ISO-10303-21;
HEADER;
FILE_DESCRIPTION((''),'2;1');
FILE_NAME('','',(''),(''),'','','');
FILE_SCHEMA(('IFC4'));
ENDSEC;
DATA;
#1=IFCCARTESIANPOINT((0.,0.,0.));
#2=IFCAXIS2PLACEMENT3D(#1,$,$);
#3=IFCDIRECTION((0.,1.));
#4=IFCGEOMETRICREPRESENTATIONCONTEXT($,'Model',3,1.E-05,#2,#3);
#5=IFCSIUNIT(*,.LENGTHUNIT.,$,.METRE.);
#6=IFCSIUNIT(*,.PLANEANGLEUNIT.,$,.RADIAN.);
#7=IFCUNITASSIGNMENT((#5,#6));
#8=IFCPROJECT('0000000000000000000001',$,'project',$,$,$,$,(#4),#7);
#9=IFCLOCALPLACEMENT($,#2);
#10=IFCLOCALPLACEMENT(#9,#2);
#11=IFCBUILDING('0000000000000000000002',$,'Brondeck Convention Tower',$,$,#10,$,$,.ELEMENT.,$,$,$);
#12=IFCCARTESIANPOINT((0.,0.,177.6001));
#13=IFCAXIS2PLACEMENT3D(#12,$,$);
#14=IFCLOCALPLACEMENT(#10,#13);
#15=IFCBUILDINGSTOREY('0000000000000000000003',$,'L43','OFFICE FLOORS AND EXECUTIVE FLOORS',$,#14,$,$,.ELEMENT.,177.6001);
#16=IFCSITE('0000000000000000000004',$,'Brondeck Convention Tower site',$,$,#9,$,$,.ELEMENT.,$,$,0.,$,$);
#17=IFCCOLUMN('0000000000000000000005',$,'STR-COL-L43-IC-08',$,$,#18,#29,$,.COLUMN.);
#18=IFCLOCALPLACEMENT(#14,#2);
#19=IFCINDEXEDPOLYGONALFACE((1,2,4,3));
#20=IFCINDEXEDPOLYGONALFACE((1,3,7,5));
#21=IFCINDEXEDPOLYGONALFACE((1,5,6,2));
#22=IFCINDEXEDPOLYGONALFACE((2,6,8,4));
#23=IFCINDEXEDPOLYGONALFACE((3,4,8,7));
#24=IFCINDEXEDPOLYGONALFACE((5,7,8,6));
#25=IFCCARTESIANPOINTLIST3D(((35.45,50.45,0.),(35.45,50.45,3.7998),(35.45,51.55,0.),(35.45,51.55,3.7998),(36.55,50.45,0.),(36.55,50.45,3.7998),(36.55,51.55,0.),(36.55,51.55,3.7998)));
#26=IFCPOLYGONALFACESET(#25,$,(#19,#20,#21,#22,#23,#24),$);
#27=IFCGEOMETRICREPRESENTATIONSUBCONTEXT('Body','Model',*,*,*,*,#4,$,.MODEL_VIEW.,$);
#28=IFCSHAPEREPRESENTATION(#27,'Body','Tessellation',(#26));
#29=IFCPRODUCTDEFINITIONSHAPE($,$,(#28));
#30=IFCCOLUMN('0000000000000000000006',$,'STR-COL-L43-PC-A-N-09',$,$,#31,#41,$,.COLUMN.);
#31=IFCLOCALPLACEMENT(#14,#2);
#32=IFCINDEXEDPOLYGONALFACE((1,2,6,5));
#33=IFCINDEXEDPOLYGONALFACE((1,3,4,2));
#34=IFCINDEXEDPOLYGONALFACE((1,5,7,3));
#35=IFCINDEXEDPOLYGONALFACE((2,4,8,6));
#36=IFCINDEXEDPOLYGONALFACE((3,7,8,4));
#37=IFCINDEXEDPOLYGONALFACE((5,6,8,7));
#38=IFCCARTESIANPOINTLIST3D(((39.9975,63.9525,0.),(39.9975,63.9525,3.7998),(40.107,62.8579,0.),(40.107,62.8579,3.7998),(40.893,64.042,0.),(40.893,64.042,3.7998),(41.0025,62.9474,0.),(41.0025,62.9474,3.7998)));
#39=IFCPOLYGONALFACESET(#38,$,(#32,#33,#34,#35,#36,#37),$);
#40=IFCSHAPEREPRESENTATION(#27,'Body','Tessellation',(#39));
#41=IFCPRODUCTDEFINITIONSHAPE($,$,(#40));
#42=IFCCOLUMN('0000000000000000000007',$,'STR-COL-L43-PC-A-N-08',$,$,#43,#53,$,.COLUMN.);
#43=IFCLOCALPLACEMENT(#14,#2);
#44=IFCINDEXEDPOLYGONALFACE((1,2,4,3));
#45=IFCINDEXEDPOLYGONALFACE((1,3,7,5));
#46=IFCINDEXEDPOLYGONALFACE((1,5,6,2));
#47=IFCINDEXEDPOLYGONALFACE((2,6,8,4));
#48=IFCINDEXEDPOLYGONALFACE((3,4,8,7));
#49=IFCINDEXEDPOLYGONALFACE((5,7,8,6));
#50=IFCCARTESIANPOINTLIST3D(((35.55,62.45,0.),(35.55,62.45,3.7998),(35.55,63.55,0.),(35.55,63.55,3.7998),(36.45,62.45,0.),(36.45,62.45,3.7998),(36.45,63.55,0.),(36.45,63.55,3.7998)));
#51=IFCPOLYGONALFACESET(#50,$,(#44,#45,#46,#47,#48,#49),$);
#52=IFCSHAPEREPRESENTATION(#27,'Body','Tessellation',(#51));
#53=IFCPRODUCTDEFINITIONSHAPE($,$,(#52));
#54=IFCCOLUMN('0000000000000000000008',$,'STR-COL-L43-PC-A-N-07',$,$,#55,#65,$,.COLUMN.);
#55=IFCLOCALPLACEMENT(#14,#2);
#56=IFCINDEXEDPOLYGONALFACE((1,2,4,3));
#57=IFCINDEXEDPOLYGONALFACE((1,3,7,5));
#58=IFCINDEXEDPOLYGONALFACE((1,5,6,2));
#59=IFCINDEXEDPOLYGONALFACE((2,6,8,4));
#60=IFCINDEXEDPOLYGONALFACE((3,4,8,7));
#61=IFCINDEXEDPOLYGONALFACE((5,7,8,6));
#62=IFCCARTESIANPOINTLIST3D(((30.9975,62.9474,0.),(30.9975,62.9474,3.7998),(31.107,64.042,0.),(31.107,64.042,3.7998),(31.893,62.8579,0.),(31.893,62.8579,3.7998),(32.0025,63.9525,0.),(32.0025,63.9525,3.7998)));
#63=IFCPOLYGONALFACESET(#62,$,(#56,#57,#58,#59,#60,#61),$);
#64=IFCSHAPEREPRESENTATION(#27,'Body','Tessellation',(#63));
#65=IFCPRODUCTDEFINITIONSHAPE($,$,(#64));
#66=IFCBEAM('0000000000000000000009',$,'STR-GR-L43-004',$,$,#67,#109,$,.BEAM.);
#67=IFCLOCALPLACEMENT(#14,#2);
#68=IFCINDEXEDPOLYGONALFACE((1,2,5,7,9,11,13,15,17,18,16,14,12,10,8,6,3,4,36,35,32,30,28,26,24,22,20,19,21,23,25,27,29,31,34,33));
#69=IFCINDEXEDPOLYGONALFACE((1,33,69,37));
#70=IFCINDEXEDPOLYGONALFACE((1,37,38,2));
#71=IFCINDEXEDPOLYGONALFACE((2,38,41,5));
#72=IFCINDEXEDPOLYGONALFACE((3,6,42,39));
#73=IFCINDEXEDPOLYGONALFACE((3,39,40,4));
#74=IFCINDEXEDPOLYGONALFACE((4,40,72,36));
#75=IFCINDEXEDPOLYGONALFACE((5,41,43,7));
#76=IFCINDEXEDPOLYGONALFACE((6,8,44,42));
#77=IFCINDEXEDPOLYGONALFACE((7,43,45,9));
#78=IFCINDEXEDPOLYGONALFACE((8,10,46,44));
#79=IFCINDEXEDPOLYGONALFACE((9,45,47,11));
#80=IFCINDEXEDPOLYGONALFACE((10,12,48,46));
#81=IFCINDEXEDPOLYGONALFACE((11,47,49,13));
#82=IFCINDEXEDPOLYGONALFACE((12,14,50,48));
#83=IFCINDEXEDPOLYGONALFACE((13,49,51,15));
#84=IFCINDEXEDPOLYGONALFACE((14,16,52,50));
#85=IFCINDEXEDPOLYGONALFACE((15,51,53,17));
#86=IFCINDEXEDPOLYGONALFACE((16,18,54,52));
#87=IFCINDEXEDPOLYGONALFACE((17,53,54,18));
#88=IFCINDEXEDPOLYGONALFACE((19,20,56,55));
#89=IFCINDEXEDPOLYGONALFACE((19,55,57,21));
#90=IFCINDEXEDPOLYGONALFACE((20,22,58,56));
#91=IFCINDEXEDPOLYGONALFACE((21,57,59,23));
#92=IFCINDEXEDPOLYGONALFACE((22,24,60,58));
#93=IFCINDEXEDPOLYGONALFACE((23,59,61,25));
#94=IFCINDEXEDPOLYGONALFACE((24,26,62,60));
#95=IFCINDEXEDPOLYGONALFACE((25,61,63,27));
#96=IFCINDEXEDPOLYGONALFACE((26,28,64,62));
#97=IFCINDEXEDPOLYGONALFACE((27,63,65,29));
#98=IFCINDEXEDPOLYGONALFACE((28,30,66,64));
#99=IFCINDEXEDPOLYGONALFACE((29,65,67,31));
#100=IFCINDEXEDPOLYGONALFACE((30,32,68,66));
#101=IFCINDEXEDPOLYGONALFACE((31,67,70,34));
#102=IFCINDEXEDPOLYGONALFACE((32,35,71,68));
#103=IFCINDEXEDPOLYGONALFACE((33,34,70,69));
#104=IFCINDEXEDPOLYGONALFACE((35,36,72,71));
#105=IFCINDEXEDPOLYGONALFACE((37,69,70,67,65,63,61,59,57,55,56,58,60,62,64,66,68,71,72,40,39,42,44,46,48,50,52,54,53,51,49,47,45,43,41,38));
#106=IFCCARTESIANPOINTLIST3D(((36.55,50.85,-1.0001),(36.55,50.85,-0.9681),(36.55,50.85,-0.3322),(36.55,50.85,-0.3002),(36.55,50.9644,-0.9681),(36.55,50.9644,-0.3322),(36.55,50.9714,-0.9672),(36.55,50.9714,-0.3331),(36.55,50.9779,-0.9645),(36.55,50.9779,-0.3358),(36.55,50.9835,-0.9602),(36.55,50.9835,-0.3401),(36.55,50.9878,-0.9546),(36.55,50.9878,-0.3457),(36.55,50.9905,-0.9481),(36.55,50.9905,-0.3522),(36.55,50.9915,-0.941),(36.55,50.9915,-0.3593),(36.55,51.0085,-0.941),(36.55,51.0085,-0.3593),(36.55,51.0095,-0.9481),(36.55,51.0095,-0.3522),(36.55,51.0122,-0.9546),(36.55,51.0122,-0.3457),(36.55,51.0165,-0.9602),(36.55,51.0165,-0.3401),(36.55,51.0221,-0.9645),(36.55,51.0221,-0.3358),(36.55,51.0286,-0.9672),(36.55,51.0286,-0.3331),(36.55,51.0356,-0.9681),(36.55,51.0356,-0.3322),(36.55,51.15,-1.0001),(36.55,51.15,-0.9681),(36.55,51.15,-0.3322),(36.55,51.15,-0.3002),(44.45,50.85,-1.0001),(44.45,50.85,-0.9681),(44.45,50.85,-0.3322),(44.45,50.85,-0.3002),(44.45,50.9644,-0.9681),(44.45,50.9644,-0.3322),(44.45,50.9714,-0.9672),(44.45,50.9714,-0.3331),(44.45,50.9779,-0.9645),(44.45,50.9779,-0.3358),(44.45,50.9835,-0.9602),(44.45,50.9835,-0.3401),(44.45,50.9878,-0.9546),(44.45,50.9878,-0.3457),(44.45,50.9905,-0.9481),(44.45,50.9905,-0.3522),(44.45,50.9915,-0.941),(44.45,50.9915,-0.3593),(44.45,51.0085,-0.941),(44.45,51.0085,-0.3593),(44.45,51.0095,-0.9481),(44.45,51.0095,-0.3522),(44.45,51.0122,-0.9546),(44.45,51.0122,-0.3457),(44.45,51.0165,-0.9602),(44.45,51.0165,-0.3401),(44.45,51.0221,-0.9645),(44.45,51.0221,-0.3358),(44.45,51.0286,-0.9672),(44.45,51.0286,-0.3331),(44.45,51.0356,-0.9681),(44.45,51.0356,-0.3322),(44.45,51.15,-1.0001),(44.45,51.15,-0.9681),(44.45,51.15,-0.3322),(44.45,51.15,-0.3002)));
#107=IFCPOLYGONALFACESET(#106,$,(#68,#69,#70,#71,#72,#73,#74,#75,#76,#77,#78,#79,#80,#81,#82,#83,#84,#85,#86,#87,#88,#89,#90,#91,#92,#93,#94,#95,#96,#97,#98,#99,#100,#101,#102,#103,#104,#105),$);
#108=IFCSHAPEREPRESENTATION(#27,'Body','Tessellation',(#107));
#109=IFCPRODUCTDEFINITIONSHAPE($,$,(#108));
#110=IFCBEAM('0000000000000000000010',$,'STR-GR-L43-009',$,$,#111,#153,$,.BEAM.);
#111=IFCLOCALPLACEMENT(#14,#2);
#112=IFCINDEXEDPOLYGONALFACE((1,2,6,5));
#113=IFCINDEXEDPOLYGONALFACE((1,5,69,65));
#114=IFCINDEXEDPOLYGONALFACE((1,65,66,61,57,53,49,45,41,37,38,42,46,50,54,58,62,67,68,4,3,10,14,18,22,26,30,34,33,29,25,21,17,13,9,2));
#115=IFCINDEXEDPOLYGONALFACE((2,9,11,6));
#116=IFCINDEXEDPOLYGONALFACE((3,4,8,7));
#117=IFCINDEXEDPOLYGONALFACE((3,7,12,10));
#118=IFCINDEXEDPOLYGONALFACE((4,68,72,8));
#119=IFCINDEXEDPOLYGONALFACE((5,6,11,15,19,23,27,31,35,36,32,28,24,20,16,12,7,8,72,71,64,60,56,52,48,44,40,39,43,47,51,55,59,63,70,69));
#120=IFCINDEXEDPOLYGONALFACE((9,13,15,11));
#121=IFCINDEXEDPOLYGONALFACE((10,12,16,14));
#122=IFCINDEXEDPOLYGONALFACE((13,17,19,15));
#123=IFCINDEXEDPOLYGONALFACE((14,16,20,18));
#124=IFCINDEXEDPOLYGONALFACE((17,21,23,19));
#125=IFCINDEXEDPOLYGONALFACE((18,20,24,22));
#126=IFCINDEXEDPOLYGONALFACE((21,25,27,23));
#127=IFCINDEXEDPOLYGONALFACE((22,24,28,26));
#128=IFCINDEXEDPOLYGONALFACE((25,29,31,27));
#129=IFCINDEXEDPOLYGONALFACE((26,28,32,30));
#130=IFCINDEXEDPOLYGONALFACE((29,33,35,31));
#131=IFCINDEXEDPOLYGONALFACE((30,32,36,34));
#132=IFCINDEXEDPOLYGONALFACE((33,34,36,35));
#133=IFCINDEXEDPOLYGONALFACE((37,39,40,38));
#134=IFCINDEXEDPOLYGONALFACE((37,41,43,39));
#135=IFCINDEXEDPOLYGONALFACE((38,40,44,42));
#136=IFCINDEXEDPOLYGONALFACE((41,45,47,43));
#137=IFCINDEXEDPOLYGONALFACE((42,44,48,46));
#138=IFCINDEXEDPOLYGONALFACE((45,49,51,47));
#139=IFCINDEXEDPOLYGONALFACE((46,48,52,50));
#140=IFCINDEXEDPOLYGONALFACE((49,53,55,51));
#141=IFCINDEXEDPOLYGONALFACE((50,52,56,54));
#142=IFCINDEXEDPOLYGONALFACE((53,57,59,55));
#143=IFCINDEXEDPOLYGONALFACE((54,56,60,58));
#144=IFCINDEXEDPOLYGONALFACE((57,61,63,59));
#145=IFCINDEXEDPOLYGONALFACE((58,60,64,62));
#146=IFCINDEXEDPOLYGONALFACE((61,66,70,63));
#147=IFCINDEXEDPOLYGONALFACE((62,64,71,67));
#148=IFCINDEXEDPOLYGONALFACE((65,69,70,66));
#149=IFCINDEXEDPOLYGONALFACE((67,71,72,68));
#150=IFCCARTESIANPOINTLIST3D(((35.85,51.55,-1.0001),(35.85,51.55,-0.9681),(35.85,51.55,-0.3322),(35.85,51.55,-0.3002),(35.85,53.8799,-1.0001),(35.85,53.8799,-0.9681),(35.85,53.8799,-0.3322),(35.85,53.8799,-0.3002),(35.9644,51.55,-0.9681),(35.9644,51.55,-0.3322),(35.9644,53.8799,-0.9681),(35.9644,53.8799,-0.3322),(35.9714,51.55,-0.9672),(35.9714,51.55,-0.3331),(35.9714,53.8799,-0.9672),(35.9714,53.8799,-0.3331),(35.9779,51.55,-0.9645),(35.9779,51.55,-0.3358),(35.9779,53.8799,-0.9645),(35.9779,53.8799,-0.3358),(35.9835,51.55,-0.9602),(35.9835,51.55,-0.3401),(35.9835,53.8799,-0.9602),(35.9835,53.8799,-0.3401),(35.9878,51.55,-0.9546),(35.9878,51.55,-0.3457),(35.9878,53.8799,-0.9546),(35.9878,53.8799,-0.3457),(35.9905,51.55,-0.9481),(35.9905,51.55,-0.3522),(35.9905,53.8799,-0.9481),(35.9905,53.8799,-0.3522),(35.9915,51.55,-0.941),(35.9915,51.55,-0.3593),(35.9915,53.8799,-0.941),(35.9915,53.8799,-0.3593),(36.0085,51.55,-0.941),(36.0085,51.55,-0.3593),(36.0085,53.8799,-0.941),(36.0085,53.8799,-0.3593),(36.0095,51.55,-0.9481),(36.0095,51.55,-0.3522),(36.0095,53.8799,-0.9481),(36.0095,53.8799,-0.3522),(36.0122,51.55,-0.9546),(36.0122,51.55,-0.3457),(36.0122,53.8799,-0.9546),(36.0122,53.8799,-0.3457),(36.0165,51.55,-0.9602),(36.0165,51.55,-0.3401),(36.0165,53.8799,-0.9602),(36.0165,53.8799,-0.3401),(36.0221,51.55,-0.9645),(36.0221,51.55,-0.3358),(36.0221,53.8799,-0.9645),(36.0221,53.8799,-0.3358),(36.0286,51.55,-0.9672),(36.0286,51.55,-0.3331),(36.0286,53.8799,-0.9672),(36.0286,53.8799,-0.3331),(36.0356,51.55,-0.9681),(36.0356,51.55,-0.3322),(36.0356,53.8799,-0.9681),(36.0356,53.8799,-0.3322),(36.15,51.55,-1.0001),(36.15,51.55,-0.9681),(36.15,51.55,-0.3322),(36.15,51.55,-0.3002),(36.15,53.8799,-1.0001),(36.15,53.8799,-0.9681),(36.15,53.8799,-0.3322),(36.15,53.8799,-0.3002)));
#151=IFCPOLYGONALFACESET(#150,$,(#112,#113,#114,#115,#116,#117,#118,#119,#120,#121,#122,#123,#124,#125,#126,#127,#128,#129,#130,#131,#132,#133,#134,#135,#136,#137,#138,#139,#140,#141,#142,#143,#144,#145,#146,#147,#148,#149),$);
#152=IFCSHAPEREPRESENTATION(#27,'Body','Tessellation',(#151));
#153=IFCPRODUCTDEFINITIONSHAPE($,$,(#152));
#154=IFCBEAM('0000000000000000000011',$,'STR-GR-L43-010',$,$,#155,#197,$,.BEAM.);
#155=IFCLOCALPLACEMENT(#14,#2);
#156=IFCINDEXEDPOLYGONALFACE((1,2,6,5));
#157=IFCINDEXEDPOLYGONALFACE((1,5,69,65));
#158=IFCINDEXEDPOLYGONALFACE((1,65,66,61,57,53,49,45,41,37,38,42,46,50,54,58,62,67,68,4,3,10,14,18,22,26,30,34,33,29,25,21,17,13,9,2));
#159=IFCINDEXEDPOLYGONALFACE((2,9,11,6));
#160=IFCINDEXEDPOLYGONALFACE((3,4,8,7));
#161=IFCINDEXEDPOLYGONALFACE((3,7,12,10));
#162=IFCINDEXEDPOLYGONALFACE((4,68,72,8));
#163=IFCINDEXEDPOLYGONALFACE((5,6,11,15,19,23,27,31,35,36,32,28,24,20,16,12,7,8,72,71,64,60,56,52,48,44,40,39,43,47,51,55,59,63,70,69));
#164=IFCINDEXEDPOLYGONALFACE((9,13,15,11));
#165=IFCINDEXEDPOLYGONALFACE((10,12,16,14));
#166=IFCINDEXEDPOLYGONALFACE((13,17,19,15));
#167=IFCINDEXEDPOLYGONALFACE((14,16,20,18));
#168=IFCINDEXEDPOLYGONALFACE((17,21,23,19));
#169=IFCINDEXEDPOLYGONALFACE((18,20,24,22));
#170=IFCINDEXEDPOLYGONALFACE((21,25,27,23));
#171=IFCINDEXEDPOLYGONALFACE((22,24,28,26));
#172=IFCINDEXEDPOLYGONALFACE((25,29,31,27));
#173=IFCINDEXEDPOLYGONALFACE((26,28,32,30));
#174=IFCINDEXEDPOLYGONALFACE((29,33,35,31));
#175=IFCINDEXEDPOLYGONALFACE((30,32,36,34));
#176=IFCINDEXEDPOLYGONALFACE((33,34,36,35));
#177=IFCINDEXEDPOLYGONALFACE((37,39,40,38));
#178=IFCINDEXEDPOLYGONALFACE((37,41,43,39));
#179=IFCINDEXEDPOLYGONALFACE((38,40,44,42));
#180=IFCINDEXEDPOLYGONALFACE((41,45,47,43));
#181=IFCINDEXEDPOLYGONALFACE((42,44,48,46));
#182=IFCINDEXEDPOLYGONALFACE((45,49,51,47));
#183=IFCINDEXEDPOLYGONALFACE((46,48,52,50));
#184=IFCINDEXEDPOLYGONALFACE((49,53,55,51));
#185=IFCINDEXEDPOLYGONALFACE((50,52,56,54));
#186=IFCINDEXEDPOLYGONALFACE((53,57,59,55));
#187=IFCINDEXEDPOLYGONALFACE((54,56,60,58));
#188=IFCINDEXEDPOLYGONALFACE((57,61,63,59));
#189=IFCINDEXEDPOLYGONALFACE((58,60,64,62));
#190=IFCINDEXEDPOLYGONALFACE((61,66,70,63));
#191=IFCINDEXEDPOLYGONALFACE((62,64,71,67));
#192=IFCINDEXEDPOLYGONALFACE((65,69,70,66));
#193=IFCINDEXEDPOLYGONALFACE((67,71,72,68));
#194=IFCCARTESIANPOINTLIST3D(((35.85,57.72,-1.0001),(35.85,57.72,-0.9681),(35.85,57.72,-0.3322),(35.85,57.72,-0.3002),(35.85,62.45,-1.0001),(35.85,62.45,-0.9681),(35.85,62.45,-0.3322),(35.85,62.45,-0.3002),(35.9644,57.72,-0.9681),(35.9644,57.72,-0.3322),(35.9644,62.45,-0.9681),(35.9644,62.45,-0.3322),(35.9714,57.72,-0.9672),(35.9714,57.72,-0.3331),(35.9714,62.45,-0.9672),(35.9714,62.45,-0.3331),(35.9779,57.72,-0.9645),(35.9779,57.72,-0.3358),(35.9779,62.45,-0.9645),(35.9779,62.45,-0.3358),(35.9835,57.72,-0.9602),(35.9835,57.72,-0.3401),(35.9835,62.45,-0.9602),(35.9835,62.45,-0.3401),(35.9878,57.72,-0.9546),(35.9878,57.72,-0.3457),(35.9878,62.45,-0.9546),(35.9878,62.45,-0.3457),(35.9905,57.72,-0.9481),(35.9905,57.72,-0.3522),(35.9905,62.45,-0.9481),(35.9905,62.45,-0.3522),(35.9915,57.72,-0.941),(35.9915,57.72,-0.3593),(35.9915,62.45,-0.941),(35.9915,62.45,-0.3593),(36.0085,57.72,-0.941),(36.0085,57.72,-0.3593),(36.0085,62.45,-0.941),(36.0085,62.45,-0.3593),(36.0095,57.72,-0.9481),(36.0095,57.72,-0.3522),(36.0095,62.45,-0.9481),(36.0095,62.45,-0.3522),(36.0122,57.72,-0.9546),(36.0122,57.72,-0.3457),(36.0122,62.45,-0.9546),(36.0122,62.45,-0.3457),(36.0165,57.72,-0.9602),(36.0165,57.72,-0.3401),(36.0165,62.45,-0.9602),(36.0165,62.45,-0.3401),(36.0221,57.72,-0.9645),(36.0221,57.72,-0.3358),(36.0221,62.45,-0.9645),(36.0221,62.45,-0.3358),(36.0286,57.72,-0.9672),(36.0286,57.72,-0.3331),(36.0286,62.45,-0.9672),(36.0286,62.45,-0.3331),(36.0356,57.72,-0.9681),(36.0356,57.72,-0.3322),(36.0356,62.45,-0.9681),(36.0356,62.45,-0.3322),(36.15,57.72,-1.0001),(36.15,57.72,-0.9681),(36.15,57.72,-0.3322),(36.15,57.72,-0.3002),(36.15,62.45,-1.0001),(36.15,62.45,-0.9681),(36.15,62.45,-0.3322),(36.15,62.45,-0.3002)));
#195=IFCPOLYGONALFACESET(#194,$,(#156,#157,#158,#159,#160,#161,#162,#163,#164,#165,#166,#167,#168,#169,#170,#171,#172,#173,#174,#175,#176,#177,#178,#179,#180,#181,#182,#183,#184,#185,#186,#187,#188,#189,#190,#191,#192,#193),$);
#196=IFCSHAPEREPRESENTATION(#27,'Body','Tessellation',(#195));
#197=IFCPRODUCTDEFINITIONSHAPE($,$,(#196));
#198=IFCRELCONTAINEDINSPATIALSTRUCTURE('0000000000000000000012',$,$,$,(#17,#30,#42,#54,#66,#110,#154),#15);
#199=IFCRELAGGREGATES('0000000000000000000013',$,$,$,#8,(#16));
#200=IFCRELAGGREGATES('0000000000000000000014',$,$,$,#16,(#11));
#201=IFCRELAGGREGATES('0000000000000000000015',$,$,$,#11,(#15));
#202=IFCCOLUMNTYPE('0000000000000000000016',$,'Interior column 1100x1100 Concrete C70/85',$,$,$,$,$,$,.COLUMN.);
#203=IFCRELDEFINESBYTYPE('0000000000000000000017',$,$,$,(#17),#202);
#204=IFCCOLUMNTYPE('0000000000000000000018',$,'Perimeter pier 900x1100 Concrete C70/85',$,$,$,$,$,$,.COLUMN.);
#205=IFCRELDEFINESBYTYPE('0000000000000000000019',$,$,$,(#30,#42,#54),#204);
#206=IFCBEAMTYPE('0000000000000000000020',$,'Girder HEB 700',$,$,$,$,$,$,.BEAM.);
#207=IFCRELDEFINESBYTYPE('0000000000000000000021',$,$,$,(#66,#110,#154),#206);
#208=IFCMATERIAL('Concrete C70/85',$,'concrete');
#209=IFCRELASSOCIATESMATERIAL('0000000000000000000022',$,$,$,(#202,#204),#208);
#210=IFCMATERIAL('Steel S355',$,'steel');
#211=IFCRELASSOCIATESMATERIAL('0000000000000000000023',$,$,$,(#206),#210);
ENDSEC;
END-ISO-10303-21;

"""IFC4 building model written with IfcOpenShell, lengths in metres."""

from ifc_helpers import new_model, si_unit, direction, frame, origin, origin_2d, place, context, subcontext, project, spatial, rectangle, i_section, extrude, material, material_profile, profile_set, type_object, element, save


model = new_model("IFC4")

# Units and contexts
model_context = context("Model", 3, precision=1e-05, world=origin(), true_north=direction((0.0, 1.0)))
body_context = subcontext(model_context, "Body", "Model", "MODEL_VIEW")
ifc_project = project(units=[si_unit("LENGTHUNIT", "METRE"), si_unit("PLANEANGLEUNIT", "RADIAN")], contexts=[model_context])

# Site, building, storey
site_placement = place(None, origin())
site = spatial("IfcSite", under=ifc_project, at=site_placement, Name="Brondeck Convention Tower site", CompositionType="ELEMENT", RefElevation=0.0)
building_placement = place(site_placement, origin())
building = spatial("IfcBuilding", under=site, at=building_placement, Name="Brondeck Convention Tower", CompositionType="ELEMENT")
storey_placement = place(building_placement, frame((0.0, 0.0, 177.6001)))
storey = spatial("IfcBuildingStorey", under=building, at=storey_placement, Name="L43", Description="OFFICE FLOORS AND EXECUTIVE FLOORS", CompositionType="ELEMENT", Elevation=177.6001)

# Columns
ifc_material_1 = material(Name="Concrete C70/85", Category="concrete")
ifc_material_profile_1 = material_profile(ifc_material_1, rectangle(XDim=1.1001, YDim=1.1001, at=origin_2d()), Name="Interior column 1100x1100 Concrete C70/85")
ifc_profile_set_1 = profile_set([ifc_material_profile_1], Name="Concrete C70/85")
column_type_1 = type_object("IfcColumnType", Name="Interior column 1100x1100 Concrete C70/85", PredefinedType="COLUMN", material=ifc_profile_set_1)
column_placement = place(storey_placement, frame((36.0, 51.0, 0.0), z_axis=(0.0, 0.0, 1.0), x_axis=(1.0, 0.0, 0.0)))
element("IfcColumn", 1, at=column_placement, inside=storey, type_object=column_type_1, Name="STR-COL-L43-IC-08", PredefinedType="COLUMN", context=body_context, shape_type="SweptSolid", body=[
    extrude(rectangle(XDim=1.1001, YDim=1.1001, at=origin_2d()), origin(), (0.0, 0.0, 1.0), 3.7998),
])
ifc_material_profile_2 = material_profile(ifc_material_1, rectangle(XDim=0.8999, YDim=1.1001, at=origin_2d()), Name="Perimeter pier 900x1100 Concrete C70/85")
ifc_profile_set_2 = profile_set([ifc_material_profile_2], Name="Concrete C70/85")
column_type_2 = type_object("IfcColumnType", Name="Perimeter pier 900x1100 Concrete C70/85", PredefinedType="COLUMN", material=ifc_profile_set_2)
for number, where, z_axis, x_axis, name in (
    (2, (40.5, 63.45, 0.0), (0.0, 0.0, 1.0), (-0.995037, -0.099504, 0.0), "STR-COL-L43-PC-A-N-09"),
    (3, (36.0, 63.0, 0.0), (0.0, 0.0, 1.0), (-1.0, 0.0, 0.0), "STR-COL-L43-PC-A-N-08"),
    (4, (31.5, 63.45, 0.0), (0.0, 0.0, 1.0), (-0.995037, 0.099504, 0.0), "STR-COL-L43-PC-A-N-07"),
):
    element("IfcColumn", number, at=place(storey_placement, frame(where, z_axis=z_axis, x_axis=x_axis)), inside=storey, type_object=column_type_2, Name=name, PredefinedType="COLUMN", context=body_context, shape_type="SweptSolid", body=[
        extrude(rectangle(XDim=0.8999, YDim=1.1001, at=origin_2d()), origin(), (0.0, 0.0, 1.0), 3.7998),
    ])

# Beams
ifc_material_2 = material(Name="Steel S355", Category="steel")
ifc_material_profile_3 = material_profile(ifc_material_2, i_section(OverallWidth=0.3, OverallDepth=0.7, WebThickness=0.0171, FlangeThickness=0.032, FilletRadius=0.0271, at=origin_2d()), Name="HEB 700")
ifc_profile_set_3 = profile_set([ifc_material_profile_3], Name="Steel S355")
beam_type_1 = type_object("IfcBeamType", Name="Girder HEB 700", PredefinedType="BEAM", material=ifc_profile_set_3)
beam_1_placement = place(storey_placement, frame((36.55, 51.0, -0.6501), z_axis=(1.0, 0.0, 0.0), x_axis=(0.0, 1.0, 0.0)))
element("IfcBeam", 5, at=beam_1_placement, inside=storey, type_object=beam_type_1, Name="STR-GR-L43-004", PredefinedType="BEAM", context=body_context, shape_type="SweptSolid", body=[
    extrude(i_section(OverallWidth=0.3, OverallDepth=0.7, WebThickness=0.0171, FlangeThickness=0.032, FilletRadius=0.0271, at=origin_2d()), origin(), (0.0, 0.0, 1.0), 7.8999),
])
beam_2_placement = place(storey_placement, frame((36.0, 51.55, -0.6501), z_axis=(0.0, 1.0, 0.0), x_axis=(-1.0, 0.0, 0.0)))
element("IfcBeam", 6, at=beam_2_placement, inside=storey, type_object=beam_type_1, Name="STR-GR-L43-009", PredefinedType="BEAM", context=body_context, shape_type="SweptSolid", body=[
    extrude(i_section(OverallWidth=0.3, OverallDepth=0.7, WebThickness=0.0171, FlangeThickness=0.032, FilletRadius=0.0271, at=origin_2d()), origin(), (0.0, 0.0, 1.0), 2.3298),
])
beam_3_placement = place(storey_placement, frame((36.0, 57.72, -0.6501), z_axis=(0.0, 1.0, 0.0), x_axis=(-1.0, 0.0, 0.0)))
element("IfcBeam", 7, at=beam_3_placement, inside=storey, type_object=beam_type_1, Name="STR-GR-L43-010", PredefinedType="BEAM", context=body_context, shape_type="SweptSolid", body=[
    extrude(i_section(OverallWidth=0.3, OverallDepth=0.7, WebThickness=0.0171, FlangeThickness=0.032, FilletRadius=0.0271, at=origin_2d()), origin(), (0.0, 0.0, 1.0), 4.73),
])

save(model, "model.ifc")
